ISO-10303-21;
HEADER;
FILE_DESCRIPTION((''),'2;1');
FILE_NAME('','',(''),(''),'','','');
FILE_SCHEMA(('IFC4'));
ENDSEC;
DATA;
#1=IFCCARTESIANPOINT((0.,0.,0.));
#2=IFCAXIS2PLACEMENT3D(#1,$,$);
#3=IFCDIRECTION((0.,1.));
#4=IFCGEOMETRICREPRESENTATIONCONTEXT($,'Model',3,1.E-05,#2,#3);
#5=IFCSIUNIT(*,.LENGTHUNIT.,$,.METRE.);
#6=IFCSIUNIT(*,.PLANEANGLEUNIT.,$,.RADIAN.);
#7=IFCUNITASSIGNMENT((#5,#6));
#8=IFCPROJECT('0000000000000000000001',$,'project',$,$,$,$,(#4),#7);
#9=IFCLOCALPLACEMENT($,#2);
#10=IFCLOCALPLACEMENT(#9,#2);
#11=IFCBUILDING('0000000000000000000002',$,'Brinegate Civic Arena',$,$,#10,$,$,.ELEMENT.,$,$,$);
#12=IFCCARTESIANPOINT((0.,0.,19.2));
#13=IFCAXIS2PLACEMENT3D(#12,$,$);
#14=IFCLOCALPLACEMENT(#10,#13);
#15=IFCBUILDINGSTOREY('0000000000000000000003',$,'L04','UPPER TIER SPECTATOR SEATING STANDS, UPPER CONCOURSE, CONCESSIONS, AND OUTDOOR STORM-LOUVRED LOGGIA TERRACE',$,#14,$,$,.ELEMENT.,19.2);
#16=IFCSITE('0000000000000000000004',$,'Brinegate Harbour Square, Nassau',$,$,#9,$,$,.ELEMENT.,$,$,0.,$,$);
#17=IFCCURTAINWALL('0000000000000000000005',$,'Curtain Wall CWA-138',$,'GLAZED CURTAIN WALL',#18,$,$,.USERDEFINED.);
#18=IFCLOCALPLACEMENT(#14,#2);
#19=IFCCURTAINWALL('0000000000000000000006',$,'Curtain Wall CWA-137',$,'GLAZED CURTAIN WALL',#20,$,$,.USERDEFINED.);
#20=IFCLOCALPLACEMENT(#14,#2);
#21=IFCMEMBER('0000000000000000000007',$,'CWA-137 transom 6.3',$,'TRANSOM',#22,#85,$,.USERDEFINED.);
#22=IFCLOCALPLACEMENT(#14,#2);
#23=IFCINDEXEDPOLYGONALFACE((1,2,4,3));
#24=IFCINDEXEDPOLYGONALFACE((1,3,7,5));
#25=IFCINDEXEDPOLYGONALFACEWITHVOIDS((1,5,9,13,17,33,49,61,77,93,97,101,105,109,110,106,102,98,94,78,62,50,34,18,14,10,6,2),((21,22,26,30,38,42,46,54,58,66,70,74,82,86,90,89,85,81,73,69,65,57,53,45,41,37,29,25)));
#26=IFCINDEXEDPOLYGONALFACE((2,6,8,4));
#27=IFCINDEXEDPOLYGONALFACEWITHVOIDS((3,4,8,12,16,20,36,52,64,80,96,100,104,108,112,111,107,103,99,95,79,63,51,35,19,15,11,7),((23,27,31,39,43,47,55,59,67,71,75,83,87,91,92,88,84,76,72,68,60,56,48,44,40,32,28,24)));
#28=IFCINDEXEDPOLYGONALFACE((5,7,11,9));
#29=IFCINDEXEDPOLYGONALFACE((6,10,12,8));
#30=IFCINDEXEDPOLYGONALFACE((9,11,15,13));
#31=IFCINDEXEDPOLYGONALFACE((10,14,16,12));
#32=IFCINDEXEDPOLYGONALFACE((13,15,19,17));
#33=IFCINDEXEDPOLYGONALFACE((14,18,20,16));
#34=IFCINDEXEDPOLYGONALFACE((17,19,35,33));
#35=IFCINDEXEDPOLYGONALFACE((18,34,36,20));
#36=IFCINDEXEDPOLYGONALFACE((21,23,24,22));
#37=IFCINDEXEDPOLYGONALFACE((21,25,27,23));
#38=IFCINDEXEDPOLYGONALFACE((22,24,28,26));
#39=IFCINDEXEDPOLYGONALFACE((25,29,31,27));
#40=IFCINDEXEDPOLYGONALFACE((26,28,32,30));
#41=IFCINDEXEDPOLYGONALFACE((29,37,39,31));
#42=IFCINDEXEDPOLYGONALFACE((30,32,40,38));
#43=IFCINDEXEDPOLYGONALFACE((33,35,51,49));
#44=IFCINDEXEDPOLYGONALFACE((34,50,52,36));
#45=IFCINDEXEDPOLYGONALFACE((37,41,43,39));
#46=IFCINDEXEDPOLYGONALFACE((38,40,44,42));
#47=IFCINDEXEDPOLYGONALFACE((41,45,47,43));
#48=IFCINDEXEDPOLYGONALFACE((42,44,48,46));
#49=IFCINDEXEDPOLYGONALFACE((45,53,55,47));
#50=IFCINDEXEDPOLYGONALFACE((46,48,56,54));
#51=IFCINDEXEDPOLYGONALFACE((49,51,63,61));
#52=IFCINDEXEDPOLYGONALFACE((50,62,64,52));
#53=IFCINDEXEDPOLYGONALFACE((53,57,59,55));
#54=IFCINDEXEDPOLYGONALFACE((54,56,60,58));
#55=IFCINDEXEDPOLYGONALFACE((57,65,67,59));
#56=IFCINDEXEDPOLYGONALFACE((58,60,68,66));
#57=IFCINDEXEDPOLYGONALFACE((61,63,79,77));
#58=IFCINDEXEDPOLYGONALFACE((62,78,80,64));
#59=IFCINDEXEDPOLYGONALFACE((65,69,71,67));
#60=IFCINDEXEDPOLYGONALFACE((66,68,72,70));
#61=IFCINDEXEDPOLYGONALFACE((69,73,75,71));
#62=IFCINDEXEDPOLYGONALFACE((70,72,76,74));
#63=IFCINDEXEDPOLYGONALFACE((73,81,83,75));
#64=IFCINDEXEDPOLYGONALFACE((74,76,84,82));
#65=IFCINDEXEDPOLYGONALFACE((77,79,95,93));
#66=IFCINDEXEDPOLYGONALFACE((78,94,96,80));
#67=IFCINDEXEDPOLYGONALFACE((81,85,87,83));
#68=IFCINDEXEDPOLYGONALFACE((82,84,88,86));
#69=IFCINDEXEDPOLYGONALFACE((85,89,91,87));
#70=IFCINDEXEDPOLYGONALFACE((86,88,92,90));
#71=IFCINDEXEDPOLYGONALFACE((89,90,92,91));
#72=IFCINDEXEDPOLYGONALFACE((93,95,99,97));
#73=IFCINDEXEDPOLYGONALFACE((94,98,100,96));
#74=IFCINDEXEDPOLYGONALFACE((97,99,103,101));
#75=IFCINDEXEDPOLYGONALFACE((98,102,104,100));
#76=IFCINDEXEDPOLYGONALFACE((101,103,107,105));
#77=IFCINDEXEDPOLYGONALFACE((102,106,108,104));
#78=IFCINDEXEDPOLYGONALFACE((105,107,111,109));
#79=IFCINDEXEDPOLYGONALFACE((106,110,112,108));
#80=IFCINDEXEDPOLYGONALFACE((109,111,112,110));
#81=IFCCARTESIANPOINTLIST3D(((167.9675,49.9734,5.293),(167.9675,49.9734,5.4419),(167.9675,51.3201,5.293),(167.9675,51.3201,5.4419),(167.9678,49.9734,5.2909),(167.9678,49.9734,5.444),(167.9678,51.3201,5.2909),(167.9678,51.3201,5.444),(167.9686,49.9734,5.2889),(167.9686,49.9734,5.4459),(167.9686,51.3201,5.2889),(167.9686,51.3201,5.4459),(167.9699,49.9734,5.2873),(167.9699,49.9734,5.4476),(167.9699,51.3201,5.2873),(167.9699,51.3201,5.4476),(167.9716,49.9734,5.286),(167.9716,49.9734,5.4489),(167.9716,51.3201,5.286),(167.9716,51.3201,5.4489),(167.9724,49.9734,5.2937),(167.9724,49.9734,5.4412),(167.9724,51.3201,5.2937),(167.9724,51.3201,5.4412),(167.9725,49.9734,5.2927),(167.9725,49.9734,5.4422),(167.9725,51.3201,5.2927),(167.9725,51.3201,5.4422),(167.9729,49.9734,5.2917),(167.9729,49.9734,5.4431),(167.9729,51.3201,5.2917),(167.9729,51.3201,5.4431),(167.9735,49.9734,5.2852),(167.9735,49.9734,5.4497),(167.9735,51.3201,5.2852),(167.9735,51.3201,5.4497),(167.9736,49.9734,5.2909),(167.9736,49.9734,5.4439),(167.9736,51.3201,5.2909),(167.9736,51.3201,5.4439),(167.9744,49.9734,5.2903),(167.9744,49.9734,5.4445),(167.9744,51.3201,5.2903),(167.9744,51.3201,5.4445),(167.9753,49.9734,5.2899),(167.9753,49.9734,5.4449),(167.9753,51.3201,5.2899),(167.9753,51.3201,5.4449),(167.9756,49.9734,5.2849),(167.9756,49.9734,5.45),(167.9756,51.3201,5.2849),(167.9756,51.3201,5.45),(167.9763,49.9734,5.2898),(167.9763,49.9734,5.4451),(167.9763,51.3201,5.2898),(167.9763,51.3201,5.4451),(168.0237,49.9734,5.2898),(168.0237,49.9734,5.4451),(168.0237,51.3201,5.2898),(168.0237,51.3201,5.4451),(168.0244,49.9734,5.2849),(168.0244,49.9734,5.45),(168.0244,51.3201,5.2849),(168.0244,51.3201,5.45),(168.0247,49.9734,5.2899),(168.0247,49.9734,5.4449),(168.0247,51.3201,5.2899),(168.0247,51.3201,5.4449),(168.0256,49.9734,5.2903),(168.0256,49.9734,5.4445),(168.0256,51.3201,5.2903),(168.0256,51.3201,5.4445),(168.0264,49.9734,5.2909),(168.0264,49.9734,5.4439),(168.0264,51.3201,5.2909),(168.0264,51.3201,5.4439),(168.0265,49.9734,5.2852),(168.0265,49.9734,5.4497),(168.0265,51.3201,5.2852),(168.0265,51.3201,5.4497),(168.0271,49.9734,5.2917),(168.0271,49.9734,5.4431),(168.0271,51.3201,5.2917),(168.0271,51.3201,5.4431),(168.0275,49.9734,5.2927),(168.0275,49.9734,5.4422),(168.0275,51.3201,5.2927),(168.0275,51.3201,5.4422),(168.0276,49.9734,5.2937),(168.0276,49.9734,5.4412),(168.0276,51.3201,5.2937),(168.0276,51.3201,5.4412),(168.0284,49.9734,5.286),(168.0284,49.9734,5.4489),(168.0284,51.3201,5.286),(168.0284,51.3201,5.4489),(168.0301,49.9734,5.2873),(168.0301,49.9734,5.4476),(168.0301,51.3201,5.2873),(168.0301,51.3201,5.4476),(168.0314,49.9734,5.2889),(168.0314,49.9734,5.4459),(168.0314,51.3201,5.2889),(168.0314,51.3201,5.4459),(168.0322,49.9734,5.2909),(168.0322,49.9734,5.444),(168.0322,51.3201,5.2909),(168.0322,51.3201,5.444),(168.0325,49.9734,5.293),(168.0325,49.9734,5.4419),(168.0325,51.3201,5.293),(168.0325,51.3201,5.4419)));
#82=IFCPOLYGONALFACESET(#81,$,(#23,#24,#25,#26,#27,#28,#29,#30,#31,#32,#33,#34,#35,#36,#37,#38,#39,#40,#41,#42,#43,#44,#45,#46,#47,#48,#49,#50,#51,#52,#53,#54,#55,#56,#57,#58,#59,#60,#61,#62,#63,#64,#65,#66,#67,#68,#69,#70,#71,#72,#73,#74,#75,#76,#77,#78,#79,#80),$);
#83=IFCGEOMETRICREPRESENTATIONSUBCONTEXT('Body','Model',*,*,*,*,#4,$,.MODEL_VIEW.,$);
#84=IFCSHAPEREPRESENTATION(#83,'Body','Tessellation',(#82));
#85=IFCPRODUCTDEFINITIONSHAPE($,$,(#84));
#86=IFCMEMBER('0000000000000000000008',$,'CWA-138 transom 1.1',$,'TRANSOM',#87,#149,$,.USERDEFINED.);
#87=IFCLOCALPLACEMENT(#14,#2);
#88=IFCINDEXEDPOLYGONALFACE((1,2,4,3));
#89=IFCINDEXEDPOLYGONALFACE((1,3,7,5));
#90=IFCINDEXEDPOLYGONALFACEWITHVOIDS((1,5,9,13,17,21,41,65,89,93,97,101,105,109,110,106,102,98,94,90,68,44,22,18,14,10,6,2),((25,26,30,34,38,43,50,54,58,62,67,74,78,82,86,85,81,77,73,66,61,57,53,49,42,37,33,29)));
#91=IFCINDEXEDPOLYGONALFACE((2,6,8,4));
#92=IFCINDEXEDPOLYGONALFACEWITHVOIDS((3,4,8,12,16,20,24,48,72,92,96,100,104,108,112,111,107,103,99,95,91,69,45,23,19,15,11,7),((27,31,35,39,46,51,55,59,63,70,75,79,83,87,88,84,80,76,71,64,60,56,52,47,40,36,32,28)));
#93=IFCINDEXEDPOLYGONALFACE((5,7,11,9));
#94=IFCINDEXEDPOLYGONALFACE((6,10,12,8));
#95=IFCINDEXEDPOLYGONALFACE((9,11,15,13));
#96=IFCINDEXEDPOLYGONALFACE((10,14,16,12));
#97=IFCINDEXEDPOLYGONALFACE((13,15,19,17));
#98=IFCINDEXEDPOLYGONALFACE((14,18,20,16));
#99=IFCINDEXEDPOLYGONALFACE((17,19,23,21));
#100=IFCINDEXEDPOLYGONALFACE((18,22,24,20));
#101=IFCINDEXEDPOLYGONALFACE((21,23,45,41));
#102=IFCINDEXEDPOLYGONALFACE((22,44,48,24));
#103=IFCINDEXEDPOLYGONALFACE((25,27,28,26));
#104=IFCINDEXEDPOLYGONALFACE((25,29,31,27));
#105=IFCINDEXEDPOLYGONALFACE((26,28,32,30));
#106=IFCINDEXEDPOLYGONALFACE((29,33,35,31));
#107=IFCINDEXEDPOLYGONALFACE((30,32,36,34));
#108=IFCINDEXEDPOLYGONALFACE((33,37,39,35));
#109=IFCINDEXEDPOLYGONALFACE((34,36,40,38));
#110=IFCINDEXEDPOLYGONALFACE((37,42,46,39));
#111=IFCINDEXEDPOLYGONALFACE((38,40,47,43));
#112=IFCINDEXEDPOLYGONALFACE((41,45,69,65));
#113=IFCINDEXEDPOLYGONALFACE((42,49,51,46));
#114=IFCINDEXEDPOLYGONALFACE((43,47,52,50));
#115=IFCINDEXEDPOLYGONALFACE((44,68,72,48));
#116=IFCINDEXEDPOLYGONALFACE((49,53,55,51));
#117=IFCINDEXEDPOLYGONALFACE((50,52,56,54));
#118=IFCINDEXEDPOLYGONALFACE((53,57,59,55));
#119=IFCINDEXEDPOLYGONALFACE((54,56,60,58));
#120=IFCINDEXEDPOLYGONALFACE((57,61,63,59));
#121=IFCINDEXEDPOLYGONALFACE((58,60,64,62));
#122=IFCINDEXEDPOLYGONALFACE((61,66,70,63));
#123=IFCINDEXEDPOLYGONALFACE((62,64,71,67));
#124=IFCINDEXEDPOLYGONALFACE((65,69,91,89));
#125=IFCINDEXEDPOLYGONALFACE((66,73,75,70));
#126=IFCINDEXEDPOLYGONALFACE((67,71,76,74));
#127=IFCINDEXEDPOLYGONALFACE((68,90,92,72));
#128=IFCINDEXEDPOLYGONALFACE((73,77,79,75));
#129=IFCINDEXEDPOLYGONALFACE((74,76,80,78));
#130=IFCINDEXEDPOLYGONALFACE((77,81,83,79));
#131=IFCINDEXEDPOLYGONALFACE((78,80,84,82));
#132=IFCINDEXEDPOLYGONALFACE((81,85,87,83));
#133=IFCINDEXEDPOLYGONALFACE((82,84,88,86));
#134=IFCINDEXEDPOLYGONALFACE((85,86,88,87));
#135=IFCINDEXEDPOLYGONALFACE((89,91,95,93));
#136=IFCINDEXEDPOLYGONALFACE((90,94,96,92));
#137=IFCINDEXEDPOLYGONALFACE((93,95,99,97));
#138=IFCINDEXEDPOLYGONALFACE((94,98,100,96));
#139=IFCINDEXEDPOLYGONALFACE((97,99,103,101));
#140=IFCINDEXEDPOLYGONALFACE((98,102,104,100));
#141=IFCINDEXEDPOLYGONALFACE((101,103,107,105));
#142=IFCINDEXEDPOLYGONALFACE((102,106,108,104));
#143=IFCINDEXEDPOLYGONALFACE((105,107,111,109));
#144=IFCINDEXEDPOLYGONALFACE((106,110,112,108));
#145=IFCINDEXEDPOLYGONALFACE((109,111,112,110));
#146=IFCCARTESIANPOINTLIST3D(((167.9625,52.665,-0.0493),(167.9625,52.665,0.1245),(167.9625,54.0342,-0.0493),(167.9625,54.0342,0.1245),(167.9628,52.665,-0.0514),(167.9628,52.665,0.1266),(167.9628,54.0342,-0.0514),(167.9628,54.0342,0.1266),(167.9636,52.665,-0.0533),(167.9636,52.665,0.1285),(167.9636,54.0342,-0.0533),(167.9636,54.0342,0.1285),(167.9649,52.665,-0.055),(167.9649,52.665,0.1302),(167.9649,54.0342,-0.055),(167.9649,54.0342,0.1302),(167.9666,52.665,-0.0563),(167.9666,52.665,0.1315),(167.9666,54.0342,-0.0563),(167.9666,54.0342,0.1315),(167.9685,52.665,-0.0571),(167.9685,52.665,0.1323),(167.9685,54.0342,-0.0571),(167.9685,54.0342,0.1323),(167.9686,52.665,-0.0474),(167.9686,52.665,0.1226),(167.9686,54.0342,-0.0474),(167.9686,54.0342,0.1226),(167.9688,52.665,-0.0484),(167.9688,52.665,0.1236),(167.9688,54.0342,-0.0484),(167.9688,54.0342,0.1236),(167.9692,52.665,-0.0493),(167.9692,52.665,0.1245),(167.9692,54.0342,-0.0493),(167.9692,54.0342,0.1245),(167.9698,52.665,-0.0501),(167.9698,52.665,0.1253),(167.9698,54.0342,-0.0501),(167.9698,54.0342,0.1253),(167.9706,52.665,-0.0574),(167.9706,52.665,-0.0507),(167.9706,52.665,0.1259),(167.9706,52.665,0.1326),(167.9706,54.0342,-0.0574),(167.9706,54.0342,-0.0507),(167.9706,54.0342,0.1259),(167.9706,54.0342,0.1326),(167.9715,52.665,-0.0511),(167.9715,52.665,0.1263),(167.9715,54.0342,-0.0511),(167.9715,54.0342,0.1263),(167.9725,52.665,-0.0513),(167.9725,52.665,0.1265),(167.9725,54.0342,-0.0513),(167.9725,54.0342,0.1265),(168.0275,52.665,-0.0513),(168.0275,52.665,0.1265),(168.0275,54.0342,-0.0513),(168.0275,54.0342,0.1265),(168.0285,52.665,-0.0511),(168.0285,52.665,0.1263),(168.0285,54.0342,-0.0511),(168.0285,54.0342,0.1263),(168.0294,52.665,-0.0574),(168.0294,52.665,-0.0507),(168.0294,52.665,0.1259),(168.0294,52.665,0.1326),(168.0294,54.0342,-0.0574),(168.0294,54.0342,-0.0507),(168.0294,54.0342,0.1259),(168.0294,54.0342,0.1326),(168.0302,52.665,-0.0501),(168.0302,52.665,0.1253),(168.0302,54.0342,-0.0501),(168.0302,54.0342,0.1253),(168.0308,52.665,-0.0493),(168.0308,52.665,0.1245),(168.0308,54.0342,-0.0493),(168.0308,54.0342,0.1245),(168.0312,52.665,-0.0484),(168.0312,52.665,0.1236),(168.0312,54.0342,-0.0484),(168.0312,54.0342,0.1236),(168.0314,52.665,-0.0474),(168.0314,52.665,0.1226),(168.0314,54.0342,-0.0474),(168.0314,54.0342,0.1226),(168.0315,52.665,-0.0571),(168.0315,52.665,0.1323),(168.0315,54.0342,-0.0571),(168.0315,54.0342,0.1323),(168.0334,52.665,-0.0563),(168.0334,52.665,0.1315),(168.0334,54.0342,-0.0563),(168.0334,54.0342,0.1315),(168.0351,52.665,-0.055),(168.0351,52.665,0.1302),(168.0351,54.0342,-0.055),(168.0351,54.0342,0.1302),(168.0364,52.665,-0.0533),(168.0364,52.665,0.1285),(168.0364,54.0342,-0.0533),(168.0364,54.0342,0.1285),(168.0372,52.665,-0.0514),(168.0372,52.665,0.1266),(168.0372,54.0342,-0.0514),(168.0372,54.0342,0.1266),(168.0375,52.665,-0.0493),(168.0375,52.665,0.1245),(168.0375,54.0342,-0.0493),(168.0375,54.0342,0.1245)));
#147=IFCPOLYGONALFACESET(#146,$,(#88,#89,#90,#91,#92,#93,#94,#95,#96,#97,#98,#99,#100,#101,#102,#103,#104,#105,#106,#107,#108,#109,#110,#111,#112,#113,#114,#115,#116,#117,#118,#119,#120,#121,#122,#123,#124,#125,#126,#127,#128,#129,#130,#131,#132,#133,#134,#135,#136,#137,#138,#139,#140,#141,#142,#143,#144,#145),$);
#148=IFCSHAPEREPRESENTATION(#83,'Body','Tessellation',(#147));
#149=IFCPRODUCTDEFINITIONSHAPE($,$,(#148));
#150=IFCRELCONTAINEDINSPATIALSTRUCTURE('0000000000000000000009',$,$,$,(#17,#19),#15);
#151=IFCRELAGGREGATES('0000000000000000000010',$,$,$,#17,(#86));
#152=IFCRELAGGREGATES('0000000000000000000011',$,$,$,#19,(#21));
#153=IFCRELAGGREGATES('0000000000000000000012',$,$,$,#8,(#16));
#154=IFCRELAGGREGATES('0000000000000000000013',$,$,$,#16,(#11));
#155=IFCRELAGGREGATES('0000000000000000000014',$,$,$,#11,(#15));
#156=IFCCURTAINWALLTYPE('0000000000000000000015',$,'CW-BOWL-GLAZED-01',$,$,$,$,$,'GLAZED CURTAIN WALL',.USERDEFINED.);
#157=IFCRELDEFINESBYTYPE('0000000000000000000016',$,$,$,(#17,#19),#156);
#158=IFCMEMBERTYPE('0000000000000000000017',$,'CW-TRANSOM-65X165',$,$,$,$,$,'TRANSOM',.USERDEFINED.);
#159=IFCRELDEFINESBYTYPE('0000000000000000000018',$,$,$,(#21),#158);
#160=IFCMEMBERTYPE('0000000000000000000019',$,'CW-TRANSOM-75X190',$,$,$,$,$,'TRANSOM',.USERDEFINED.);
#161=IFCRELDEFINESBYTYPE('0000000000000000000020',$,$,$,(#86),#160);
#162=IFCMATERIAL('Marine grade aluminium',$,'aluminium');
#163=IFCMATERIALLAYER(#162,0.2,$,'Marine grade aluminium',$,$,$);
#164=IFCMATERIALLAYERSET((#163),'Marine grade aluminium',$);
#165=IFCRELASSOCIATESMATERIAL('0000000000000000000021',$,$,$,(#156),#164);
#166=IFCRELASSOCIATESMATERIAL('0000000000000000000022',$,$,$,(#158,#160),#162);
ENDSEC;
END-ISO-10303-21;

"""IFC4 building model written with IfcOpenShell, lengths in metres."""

from ifc_helpers import new_model, si_unit, direction, frame, origin, origin_2d, place, context, subcontext, project, spatial, hollow_rectangle, extrude, material, layer, layer_set, material_profile, profile_set, type_object, element, aggregate, save


model = new_model("IFC4")

# Units and contexts
model_context = context("Model", 3, precision=1e-05, world=origin(), true_north=direction((0.0, 1.0)))
body_context = subcontext(model_context, "Body", "Model", "MODEL_VIEW")
ifc_project = project(units=[si_unit("LENGTHUNIT", "METRE"), si_unit("PLANEANGLEUNIT", "RADIAN")], contexts=[model_context])

# Site, building, storey
site_placement = place(None, origin())
site = spatial("IfcSite", under=ifc_project, at=site_placement, Name="Brinegate Harbour Square, Nassau", CompositionType="ELEMENT", RefElevation=0.0)
building_placement = place(site_placement, origin())
building = spatial("IfcBuilding", under=site, at=building_placement, Name="Brinegate Civic Arena", CompositionType="ELEMENT")
storey_placement = place(building_placement, frame((0.0, 0.0, 19.2)))
storey = spatial("IfcBuildingStorey", under=building, at=storey_placement, Name="L04", Description="UPPER TIER SPECTATOR SEATING STANDS, UPPER CONCOURSE, CONCESSIONS, AND OUTDOOR STORM-LOUVRED LOGGIA TERRACE", CompositionType="ELEMENT", Elevation=19.2)

# Curtain walls, member
ifc_material_1 = material(Name="Marine grade aluminium", Category="aluminium")
ifc_layer_1 = layer(ifc_material_1, 0.2, Name="Marine grade aluminium")
ifc_layer_set_1 = layer_set([ifc_layer_1], Name="Marine grade aluminium")
curtain_wall_type = type_object("IfcCurtainWallType", Name="CW-BOWL-GLAZED-01", ElementType="GLAZED CURTAIN WALL", PredefinedType="USERDEFINED", material=ifc_layer_set_1)
curtain_wall_1_placement = place(storey_placement, origin())
curtain_wall_1 = element("IfcCurtainWall", 1, at=curtain_wall_1_placement, inside=storey, type_object=curtain_wall_type, Name="Curtain Wall CWA-138", ObjectType="GLAZED CURTAIN WALL", PredefinedType="USERDEFINED")
curtain_wall_2_placement = place(storey_placement, origin())
curtain_wall_2 = element("IfcCurtainWall", 2, at=curtain_wall_2_placement, inside=storey, type_object=curtain_wall_type, Name="Curtain Wall CWA-137", ObjectType="GLAZED CURTAIN WALL", PredefinedType="USERDEFINED")
ifc_material_profile_1 = material_profile(ifc_material_1, hollow_rectangle(XDim=0.0649, YDim=0.165, WallThickness=0.0049, InnerFilletRadius=0.0039, OuterFilletRadius=0.0081, at=origin_2d()), Name="TRN65X165")
ifc_profile_set_1 = profile_set([ifc_material_profile_1], Name="Marine grade aluminium")
member_type_1 = type_object("IfcMemberType", Name="CW-TRANSOM-65X165", ElementType="TRANSOM", PredefinedType="USERDEFINED", material=ifc_profile_set_1)
member_1_placement = place(storey_placement, frame((168.0, 49.9734, 5.3674), z_axis=(0.0, 1.0, 0.0), x_axis=(-1.0, 0.0, 0.0)))
member_1 = element("IfcMember", 3, at=member_1_placement, type_object=member_type_1, Name="CWA-137 transom 6.3", ObjectType="TRANSOM", PredefinedType="USERDEFINED", context=body_context, shape_type="SweptSolid", body=[
    extrude(hollow_rectangle(XDim=0.0649, YDim=0.165, WallThickness=0.0049, InnerFilletRadius=0.0039, OuterFilletRadius=0.0081, at=origin_2d()), origin(), (0.0, 0.0, 1.0), 1.3467),
])

# Member
ifc_material_profile_2 = material_profile(ifc_material_1, hollow_rectangle(XDim=0.075, YDim=0.1899, WallThickness=0.0061, InnerFilletRadius=0.0039, OuterFilletRadius=0.0081, at=origin_2d()), Name="TRN75X190")
ifc_profile_set_2 = profile_set([ifc_material_profile_2], Name="Marine grade aluminium")
member_type_2 = type_object("IfcMemberType", Name="CW-TRANSOM-75X190", ElementType="TRANSOM", PredefinedType="USERDEFINED", material=ifc_profile_set_2)
member_2_placement = place(storey_placement, frame((168.0, 52.665, 0.0376), z_axis=(0.0, 1.0, 0.0), x_axis=(-1.0, 0.0, 0.0)))
member_2 = element("IfcMember", 4, at=member_2_placement, type_object=member_type_2, Name="CWA-138 transom 1.1", ObjectType="TRANSOM", PredefinedType="USERDEFINED", context=body_context, shape_type="SweptSolid", body=[
    extrude(hollow_rectangle(XDim=0.075, YDim=0.1899, WallThickness=0.0061, InnerFilletRadius=0.0039, OuterFilletRadius=0.0081, at=origin_2d()), origin(), (0.0, 0.0, 1.0), 1.3691),
])

aggregate(curtain_wall_1, [member_2])
aggregate(curtain_wall_2, [member_1])

save(model, "model.ifc")
